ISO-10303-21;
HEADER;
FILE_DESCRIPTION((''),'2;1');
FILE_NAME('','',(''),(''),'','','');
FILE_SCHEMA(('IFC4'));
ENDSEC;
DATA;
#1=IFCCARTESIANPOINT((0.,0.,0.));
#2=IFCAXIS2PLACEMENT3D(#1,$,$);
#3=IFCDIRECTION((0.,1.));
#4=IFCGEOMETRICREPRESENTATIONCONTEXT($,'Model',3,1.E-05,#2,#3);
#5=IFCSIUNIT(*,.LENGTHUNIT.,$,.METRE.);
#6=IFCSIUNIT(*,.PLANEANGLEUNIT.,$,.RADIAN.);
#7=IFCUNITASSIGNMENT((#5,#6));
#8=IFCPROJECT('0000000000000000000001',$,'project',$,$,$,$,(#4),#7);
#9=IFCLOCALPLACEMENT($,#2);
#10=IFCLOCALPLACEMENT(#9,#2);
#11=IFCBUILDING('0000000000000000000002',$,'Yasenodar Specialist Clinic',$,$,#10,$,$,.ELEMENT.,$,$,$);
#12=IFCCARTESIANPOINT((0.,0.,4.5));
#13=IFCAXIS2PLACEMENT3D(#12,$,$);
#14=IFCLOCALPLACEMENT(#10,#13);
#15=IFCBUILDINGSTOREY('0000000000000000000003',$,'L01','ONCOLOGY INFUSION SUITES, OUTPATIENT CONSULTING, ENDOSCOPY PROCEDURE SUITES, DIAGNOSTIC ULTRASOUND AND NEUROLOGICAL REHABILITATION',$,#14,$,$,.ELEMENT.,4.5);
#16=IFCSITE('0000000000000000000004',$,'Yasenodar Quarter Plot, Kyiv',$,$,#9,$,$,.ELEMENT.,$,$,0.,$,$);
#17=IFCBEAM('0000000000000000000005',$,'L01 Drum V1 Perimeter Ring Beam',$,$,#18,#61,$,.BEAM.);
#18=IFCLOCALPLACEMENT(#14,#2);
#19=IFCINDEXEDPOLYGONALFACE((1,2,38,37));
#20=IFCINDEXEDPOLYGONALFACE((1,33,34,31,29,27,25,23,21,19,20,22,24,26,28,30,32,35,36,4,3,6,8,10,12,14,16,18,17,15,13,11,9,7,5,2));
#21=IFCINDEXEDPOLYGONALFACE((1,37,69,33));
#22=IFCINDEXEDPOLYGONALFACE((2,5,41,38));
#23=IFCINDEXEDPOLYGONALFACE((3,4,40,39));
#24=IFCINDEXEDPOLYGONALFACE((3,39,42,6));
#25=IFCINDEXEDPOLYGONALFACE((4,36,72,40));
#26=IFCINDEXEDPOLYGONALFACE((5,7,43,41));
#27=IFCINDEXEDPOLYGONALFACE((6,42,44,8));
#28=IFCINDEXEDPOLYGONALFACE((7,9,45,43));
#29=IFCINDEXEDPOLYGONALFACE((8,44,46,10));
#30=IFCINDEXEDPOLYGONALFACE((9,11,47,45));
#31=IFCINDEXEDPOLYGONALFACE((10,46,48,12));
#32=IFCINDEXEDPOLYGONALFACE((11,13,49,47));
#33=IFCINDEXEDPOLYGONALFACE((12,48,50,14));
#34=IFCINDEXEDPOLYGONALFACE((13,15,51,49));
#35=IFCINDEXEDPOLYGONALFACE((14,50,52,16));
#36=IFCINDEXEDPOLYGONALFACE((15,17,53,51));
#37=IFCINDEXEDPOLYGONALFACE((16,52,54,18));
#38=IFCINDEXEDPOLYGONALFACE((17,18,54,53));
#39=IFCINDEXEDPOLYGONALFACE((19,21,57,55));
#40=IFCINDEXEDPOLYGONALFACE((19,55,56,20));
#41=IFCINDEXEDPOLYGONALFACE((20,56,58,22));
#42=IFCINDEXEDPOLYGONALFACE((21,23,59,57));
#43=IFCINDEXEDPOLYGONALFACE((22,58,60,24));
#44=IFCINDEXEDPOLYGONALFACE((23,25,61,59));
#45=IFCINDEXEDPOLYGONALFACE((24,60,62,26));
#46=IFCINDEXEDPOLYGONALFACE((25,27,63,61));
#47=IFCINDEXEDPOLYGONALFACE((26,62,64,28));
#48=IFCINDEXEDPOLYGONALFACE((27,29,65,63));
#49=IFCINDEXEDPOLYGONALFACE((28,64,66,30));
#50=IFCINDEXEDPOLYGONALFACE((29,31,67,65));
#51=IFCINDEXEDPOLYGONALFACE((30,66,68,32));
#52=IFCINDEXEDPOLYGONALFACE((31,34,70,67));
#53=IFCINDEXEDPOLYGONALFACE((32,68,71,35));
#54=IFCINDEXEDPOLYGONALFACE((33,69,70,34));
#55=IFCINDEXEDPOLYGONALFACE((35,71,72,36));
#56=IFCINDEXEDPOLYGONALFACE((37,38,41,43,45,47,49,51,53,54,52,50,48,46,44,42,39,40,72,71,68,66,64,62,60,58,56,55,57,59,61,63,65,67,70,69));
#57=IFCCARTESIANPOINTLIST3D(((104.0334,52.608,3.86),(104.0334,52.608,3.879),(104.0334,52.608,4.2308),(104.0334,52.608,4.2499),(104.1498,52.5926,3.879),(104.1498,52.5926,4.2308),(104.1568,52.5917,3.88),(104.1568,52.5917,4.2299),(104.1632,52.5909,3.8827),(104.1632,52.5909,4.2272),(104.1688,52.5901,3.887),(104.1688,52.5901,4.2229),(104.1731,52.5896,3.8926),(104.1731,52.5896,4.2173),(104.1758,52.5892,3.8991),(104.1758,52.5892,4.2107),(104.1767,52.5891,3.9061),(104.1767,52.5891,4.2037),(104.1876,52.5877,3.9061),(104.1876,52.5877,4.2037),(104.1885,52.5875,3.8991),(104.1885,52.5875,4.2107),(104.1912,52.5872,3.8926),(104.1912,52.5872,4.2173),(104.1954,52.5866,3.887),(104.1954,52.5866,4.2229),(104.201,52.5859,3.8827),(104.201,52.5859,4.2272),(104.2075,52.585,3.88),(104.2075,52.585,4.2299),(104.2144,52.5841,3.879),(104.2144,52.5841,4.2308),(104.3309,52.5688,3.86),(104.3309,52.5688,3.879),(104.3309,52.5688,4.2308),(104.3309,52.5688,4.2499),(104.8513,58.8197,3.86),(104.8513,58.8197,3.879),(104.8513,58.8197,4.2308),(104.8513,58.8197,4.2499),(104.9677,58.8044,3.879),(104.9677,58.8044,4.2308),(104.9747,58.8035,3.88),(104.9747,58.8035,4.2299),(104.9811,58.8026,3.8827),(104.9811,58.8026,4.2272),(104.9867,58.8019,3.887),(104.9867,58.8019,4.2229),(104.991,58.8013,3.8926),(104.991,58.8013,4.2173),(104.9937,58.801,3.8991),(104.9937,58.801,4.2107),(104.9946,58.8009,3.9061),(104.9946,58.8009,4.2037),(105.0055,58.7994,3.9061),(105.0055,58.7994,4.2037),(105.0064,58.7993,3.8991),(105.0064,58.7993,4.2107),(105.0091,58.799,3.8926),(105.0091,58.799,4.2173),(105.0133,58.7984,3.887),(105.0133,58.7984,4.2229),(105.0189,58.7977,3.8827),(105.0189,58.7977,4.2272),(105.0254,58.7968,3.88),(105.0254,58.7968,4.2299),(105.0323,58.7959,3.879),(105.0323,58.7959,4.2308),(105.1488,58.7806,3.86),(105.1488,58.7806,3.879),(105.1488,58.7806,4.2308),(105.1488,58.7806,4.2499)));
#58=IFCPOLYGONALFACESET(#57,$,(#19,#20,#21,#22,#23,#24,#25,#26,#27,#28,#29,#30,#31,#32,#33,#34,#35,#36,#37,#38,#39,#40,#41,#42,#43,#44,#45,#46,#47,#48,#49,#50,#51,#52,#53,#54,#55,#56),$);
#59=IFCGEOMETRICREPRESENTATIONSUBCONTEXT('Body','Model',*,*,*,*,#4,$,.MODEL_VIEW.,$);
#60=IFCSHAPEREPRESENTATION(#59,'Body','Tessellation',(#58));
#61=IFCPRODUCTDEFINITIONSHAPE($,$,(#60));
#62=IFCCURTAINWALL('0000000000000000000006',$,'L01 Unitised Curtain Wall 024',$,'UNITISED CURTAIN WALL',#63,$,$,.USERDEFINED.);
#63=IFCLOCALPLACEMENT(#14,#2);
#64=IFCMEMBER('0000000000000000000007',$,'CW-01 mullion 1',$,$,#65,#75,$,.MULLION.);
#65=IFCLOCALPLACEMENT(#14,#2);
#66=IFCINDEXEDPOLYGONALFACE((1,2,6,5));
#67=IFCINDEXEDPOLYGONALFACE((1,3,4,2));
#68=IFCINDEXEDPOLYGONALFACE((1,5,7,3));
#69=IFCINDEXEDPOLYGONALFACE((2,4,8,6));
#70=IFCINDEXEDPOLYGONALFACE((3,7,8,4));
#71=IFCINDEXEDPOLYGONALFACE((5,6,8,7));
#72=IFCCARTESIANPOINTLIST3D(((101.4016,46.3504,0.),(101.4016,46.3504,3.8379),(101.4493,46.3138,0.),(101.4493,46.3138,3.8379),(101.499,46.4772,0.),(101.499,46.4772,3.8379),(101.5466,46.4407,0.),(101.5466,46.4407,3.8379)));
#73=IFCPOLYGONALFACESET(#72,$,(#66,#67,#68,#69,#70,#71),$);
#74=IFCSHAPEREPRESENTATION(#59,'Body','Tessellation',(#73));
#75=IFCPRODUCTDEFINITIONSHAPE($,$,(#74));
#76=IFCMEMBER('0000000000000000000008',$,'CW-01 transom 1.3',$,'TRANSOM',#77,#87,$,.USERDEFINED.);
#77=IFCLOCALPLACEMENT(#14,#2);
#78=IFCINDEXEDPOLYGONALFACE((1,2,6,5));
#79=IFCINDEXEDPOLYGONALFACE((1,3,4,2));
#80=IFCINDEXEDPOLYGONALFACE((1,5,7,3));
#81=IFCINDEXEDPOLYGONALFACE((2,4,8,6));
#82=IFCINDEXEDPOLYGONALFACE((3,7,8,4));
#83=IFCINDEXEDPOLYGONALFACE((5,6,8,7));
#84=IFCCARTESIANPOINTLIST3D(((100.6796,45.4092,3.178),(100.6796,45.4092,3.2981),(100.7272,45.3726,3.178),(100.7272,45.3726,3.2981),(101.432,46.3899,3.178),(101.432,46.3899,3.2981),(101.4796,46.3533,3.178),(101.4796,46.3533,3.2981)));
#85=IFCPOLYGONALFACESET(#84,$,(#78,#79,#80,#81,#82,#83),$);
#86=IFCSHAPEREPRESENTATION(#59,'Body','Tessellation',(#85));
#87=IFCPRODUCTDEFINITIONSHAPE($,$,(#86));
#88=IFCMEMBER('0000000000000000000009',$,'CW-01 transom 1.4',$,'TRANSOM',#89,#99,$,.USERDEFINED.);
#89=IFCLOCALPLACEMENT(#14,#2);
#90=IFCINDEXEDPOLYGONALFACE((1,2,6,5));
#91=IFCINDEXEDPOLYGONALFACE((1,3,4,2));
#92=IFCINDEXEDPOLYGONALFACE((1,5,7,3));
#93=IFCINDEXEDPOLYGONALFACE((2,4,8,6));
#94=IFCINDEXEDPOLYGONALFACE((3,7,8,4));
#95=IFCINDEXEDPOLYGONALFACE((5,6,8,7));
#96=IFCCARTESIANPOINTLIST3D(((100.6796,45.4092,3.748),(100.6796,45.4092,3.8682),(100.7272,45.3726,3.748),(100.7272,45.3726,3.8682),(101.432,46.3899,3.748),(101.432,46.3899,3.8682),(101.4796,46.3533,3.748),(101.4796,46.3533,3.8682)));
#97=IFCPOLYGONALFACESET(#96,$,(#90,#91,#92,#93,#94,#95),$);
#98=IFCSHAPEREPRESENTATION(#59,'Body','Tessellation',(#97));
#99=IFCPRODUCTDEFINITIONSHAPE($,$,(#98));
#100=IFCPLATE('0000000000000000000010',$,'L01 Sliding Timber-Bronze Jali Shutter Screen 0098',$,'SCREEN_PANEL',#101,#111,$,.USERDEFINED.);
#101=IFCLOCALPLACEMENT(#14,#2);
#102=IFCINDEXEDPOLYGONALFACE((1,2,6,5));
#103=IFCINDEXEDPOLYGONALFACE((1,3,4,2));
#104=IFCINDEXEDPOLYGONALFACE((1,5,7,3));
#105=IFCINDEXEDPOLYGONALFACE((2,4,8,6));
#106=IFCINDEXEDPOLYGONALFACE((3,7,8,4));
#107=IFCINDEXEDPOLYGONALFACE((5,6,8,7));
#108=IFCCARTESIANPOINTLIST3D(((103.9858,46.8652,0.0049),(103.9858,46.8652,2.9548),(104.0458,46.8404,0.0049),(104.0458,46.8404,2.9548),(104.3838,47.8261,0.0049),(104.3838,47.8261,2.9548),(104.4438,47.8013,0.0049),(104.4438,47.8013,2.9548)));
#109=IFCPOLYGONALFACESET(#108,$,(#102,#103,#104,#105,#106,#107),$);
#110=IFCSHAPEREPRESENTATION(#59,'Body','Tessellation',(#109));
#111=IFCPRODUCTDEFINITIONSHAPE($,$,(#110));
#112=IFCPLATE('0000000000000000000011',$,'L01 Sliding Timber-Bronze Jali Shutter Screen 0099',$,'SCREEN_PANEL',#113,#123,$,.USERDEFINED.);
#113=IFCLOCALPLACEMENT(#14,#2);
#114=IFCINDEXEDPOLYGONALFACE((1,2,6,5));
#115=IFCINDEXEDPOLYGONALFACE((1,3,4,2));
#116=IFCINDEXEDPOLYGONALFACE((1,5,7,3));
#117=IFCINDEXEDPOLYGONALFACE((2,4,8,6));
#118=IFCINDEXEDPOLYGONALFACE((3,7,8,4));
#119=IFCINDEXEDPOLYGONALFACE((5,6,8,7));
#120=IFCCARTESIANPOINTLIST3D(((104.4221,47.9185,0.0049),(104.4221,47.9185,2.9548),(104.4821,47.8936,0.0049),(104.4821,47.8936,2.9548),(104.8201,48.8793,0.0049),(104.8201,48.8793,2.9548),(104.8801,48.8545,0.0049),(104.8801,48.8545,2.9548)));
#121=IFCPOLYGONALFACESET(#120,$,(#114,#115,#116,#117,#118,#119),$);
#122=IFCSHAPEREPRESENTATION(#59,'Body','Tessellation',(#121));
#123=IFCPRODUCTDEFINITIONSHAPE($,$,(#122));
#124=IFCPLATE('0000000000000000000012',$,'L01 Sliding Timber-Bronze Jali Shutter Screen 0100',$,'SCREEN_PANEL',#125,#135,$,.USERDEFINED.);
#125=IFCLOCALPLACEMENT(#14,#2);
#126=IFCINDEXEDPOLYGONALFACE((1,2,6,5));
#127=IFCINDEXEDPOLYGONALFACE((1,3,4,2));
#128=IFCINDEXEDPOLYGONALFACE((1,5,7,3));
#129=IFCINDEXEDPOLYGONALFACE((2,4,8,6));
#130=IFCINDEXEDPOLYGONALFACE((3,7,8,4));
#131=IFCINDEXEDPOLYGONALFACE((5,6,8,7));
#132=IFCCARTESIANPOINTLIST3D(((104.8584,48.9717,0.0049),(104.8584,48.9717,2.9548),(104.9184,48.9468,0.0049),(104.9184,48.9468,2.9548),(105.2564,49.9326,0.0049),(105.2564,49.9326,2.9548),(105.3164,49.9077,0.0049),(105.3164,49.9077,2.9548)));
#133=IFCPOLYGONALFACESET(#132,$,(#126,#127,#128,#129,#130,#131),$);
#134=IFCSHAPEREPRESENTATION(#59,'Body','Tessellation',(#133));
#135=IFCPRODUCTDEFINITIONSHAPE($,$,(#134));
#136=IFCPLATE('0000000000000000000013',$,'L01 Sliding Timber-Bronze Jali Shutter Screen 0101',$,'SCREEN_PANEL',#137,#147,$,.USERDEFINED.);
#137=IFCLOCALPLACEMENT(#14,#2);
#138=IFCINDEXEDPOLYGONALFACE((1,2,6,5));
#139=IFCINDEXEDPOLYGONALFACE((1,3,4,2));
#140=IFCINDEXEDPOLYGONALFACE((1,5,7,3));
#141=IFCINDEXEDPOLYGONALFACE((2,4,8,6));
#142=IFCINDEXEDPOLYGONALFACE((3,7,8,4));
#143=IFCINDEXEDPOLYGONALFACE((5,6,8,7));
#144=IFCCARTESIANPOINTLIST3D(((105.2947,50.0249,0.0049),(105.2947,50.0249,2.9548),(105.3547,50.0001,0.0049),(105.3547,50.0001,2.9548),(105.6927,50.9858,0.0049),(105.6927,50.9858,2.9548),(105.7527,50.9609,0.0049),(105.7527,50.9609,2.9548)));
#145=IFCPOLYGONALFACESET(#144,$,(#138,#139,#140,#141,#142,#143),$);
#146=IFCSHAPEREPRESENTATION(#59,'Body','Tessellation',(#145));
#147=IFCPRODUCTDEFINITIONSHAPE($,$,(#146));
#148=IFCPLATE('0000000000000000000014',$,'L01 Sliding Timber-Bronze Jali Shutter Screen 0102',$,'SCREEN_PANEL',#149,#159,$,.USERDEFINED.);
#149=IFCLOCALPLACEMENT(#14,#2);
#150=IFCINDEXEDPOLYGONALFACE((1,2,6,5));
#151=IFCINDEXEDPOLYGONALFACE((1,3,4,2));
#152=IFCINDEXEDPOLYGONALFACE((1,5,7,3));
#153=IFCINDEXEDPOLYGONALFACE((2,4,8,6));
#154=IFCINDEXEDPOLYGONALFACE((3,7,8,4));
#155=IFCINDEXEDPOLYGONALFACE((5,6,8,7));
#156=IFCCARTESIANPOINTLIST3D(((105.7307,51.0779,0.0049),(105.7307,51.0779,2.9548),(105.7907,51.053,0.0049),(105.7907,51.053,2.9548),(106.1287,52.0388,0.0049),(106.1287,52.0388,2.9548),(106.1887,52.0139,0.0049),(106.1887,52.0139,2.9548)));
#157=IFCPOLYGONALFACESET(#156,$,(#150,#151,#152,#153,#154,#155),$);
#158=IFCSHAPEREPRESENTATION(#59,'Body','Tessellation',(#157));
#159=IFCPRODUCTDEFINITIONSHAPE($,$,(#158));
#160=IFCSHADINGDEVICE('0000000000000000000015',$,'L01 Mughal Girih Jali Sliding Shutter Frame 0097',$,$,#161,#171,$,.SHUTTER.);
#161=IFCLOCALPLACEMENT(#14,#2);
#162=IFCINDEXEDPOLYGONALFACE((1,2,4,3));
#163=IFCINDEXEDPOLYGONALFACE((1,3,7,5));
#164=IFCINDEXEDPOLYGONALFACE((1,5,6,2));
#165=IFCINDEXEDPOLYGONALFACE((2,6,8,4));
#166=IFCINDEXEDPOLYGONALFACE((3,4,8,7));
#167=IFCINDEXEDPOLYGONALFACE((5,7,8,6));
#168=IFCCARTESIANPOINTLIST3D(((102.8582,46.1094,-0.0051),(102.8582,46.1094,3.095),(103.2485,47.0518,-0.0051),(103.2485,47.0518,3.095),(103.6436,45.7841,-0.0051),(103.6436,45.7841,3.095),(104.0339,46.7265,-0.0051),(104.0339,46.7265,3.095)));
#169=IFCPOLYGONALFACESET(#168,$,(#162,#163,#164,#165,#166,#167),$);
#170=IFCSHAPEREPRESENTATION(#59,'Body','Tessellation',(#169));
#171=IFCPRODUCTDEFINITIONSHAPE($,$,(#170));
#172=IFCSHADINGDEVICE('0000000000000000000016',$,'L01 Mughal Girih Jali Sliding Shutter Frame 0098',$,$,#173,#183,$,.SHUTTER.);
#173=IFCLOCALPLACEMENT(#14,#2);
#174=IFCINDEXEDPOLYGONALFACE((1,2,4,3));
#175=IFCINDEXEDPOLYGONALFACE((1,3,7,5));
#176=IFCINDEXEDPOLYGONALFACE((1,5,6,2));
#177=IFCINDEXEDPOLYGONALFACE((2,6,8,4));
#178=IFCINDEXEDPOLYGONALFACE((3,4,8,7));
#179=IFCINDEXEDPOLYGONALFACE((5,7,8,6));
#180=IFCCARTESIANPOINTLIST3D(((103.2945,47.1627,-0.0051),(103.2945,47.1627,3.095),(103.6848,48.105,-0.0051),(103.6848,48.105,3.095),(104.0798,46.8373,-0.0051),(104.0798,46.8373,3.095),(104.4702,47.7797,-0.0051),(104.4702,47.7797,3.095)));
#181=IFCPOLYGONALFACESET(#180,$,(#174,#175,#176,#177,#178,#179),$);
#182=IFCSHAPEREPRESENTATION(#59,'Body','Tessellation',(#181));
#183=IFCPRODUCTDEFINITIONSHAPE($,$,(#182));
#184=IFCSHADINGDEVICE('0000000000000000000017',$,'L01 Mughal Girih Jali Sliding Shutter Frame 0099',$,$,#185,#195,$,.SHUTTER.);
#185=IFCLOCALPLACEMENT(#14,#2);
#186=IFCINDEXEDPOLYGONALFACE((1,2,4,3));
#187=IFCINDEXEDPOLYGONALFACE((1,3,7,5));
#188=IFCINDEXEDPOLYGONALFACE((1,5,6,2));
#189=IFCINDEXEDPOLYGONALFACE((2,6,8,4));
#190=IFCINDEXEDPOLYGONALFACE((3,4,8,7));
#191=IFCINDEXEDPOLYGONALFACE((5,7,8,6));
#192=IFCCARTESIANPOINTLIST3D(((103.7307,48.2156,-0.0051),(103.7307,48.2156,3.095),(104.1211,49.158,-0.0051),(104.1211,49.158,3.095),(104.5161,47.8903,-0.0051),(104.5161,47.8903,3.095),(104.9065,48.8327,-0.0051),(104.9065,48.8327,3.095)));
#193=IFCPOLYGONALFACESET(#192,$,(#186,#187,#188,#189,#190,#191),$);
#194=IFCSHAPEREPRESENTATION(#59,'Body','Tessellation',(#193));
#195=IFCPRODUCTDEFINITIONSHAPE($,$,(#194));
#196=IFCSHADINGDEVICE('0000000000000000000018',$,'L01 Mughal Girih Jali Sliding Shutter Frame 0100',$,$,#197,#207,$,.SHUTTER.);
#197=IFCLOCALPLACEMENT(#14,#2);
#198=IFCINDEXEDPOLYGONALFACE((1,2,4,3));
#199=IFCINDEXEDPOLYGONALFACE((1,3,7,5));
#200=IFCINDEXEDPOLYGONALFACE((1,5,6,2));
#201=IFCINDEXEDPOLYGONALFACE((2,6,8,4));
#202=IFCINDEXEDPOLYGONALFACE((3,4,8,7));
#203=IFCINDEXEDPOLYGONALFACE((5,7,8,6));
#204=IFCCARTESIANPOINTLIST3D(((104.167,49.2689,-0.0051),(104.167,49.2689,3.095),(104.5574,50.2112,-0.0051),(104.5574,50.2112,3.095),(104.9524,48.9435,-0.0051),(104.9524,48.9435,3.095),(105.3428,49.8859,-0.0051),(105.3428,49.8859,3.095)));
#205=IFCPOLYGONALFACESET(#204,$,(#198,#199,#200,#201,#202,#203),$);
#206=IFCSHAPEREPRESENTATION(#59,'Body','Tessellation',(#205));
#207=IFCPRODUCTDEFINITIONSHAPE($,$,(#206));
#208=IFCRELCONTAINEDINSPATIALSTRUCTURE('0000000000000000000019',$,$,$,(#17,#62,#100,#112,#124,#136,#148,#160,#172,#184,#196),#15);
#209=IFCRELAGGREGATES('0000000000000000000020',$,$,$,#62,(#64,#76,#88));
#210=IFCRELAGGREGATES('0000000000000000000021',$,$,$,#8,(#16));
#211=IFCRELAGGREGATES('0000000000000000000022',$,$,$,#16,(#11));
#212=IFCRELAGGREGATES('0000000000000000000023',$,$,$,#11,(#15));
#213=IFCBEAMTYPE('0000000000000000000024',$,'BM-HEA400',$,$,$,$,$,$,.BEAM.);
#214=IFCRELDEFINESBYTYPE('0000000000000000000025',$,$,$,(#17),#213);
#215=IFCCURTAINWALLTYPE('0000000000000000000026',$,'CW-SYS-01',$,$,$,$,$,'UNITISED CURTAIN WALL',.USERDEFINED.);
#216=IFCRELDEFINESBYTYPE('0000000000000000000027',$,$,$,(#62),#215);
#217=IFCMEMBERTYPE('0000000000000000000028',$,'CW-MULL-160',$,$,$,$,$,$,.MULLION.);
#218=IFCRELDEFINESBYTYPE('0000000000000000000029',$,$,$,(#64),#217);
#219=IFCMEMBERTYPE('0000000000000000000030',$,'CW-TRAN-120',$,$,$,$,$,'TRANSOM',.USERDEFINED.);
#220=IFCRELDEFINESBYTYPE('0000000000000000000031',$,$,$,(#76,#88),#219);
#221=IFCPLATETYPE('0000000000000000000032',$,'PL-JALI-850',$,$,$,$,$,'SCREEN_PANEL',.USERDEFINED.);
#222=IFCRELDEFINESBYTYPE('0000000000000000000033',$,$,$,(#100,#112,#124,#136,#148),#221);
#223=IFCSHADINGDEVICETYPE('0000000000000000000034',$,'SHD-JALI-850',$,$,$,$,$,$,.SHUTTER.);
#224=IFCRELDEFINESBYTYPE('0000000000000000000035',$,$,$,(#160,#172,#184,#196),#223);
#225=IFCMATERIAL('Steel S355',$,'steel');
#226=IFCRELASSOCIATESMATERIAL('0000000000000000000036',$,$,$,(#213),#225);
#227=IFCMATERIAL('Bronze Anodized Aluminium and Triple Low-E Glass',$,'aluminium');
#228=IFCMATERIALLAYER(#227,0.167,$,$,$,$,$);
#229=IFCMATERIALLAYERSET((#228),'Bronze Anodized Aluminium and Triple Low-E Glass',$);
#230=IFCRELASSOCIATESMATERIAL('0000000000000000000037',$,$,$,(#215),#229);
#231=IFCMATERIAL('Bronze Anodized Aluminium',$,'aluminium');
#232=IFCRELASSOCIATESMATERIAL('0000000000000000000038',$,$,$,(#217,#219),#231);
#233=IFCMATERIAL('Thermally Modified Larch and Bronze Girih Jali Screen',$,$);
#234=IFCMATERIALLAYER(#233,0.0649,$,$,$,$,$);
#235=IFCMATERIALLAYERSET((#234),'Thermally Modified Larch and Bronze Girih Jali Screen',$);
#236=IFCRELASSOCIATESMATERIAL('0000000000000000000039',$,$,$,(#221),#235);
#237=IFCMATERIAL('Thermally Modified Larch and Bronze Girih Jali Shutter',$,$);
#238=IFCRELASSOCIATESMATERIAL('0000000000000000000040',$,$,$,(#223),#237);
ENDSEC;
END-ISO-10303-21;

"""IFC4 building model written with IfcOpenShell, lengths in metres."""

from ifc_helpers import new_model, si_unit, direction, frame, origin, origin_2d, place, context, subcontext, project, spatial, rectangle, i_section, extrude, material, layer, layer_set, material_profile, profile_set, type_object, element, aggregate, save


model = new_model("IFC4")

# Units and contexts
model_context = context("Model", 3, precision=1e-05, world=origin(), true_north=direction((0.0, 1.0)))
body_context = subcontext(model_context, "Body", "Model", "MODEL_VIEW")
ifc_project = project(units=[si_unit("LENGTHUNIT", "METRE"), si_unit("PLANEANGLEUNIT", "RADIAN")], contexts=[model_context])

# Site, building, storey
site_placement = place(None, origin())
site = spatial("IfcSite", under=ifc_project, at=site_placement, Name="Yasenodar Quarter Plot, Kyiv", CompositionType="ELEMENT", RefElevation=0.0)
building_placement = place(site_placement, origin())
building = spatial("IfcBuilding", under=site, at=building_placement, Name="Yasenodar Specialist Clinic", CompositionType="ELEMENT")
storey_placement = place(building_placement, frame((0.0, 0.0, 4.5)))
storey = spatial("IfcBuildingStorey", under=building, at=storey_placement, Name="L01", Description="ONCOLOGY INFUSION SUITES, OUTPATIENT CONSULTING, ENDOSCOPY PROCEDURE SUITES, DIAGNOSTIC ULTRASOUND AND NEUROLOGICAL REHABILITATION", CompositionType="ELEMENT", Elevation=4.5)

# Shared definitions
ifc_material_1 = material(Name="Steel S355", Category="steel")

# Beam
ifc_material_profile_1 = material_profile(ifc_material_1, i_section(OverallWidth=0.3, OverallDepth=0.3899, WebThickness=0.011, FlangeThickness=0.019, FilletRadius=0.0271, at=origin_2d()), Name="HEA 400")
ifc_profile_set_1 = profile_set([ifc_material_profile_1], Name="Steel S355")
beam_type = type_object("IfcBeamType", Name="BM-HEA400", PredefinedType="BEAM", material=ifc_profile_set_1)
beam_1_placement = place(storey_placement, frame((104.1821, 52.5884, 4.0549), z_axis=(0.13054, 0.991443, 0.0), x_axis=(-0.991443, 0.13054, 0.0)))
element("IfcBeam", 1, at=beam_1_placement, inside=storey, type_object=beam_type, Name="L01 Drum V1 Perimeter Ring Beam", PredefinedType="BEAM", context=body_context, shape_type="SweptSolid", body=[
    extrude(i_section(OverallWidth=0.3, OverallDepth=0.3899, WebThickness=0.011, FlangeThickness=0.019, FilletRadius=0.0271, at=origin_2d()), origin(), (0.0, 0.0, 1.0), 6.2654),
])

# Curtain wall, members
ifc_material_2 = material(Name="Bronze Anodized Aluminium and Triple Low-E Glass", Category="aluminium")
ifc_layer_1 = layer(ifc_material_2, 0.167)
ifc_layer_set_1 = layer_set([ifc_layer_1], Name="Bronze Anodized Aluminium and Triple Low-E Glass")
curtain_wall_type = type_object("IfcCurtainWallType", Name="CW-SYS-01", ElementType="UNITISED CURTAIN WALL", PredefinedType="USERDEFINED", material=ifc_layer_set_1)
curtain_wall_placement = place(storey_placement, origin())
curtain_wall = element("IfcCurtainWall", 2, at=curtain_wall_placement, inside=storey, type_object=curtain_wall_type, Name="L01 Unitised Curtain Wall 024", ObjectType="UNITISED CURTAIN WALL", PredefinedType="USERDEFINED")
ifc_material_3 = material(Name="Bronze Anodized Aluminium", Category="aluminium")
ifc_material_profile_2 = material_profile(ifc_material_3, rectangle(XDim=0.0601, YDim=0.1599, at=origin_2d()), Name="CW-MULL 60x160")
ifc_profile_set_2 = profile_set([ifc_material_profile_2], Name="Bronze Anodized Aluminium")
member_type_1 = type_object("IfcMemberType", Name="CW-MULL-160", PredefinedType="MULLION", material=ifc_profile_set_2)
member_1_placement = place(storey_placement, frame((101.4741, 46.3955, 0.0), z_axis=(0.0, 0.0, 1.0), x_axis=(0.793361, -0.608752, 0.0)))
member_1 = element("IfcMember", 3, at=member_1_placement, type_object=member_type_1, Name="CW-01 mullion 1", PredefinedType="MULLION", context=body_context, shape_type="SweptSolid", body=[
    extrude(rectangle(XDim=0.0601, YDim=0.1599, at=origin_2d()), origin(), (0.0, 0.0, 1.0), 3.8379),
])
ifc_material_profile_3 = material_profile(ifc_material_3, rectangle(XDim=0.0601, YDim=0.1201, at=origin_2d()), Name="CW-TRAN 60x120")
ifc_profile_set_3 = profile_set([ifc_material_profile_3], Name="Bronze Anodized Aluminium")
member_type_2 = type_object("IfcMemberType", Name="CW-TRAN-120", ElementType="TRANSOM", PredefinedType="USERDEFINED", material=ifc_profile_set_3)
member_2_placement = place(storey_placement, frame((101.4558, 46.3716, 3.238), z_axis=(-0.608718, -0.793387, 0.0), x_axis=(0.793387, -0.608718, 0.0)))
member_2 = element("IfcMember", 4, at=member_2_placement, type_object=member_type_2, Name="CW-01 transom 1.3", ObjectType="TRANSOM", PredefinedType="USERDEFINED", context=body_context, shape_type="SweptSolid", body=[
    extrude(rectangle(XDim=0.0601, YDim=0.1201, at=origin_2d()), origin(), (0.0, 0.0, 1.0), 1.2361),
])
member_3_placement = place(storey_placement, frame((101.4558, 46.3716, 3.8081), z_axis=(-0.608718, -0.793387, 0.0), x_axis=(0.793387, -0.608718, 0.0)))
member_3 = element("IfcMember", 5, at=member_3_placement, type_object=member_type_2, Name="CW-01 transom 1.4", ObjectType="TRANSOM", PredefinedType="USERDEFINED", context=body_context, shape_type="SweptSolid", body=[
    extrude(rectangle(XDim=0.0601, YDim=0.1201, at=origin_2d()), origin(), (0.0, 0.0, 1.0), 1.2361),
])
aggregate(curtain_wall, [member_1, member_2, member_3])

# Plates
ifc_material_4 = material(Name="Thermally Modified Larch and Bronze Girih Jali Screen")
ifc_layer_2 = layer(ifc_material_4, 0.0649)
ifc_layer_set_2 = layer_set([ifc_layer_2], Name="Thermally Modified Larch and Bronze Girih Jali Screen")
plate_type = type_object("IfcPlateType", Name="PL-JALI-850", ElementType="SCREEN_PANEL", PredefinedType="USERDEFINED", material=ifc_layer_set_2)
for number, where, z_axis, x_axis, name in (
    (6, (104.2148, 47.3333, 0.0049), (0.0, 0.0, 1.0), (0.382687, 0.923878, 0.0), "L01 Sliding Timber-Bronze Jali Shutter Screen 0098"),
    (7, (104.6511, 48.3865, 0.0049), (0.0, 0.0, 1.0), (0.382687, 0.923878, 0.0), "L01 Sliding Timber-Bronze Jali Shutter Screen 0099"),
    (8, (105.0874, 49.4397, 0.0049), (0.0, 0.0, 1.0), (0.382687, 0.923878, 0.0), "L01 Sliding Timber-Bronze Jali Shutter Screen 0100"),
    (9, (105.5237, 50.4929, 0.0049), (0.0, 0.0, 1.0), (0.382687, 0.923878, 0.0), "L01 Sliding Timber-Bronze Jali Shutter Screen 0101"),
    (10, (105.9597, 51.5459, 0.0049), (0.0, 0.0, 1.0), (0.382687, 0.923878, 0.0), "L01 Sliding Timber-Bronze Jali Shutter Screen 0102"),
):
    element("IfcPlate", number, at=place(storey_placement, frame(where, z_axis=z_axis, x_axis=x_axis)), inside=storey, type_object=plate_type, Name=name, ObjectType="SCREEN_PANEL", PredefinedType="USERDEFINED", context=body_context, shape_type="SweptSolid", body=[
        extrude(rectangle(XDim=1.04, YDim=0.0649, at=origin_2d()), origin(), (0.0, 0.0, 1.0), 2.95),
    ])

# Shading devices
ifc_material_5 = material(Name="Thermally Modified Larch and Bronze Girih Jali Shutter")
shading_device_type = type_object("IfcShadingDeviceType", Name="SHD-JALI-850", PredefinedType="SHUTTER", material=ifc_material_5)
for number, where, z_axis, x_axis, name in (
    (11, (103.446, 46.418, -0.0051), (0.0, 0.0, 1.0), (0.382687, 0.923878, 0.0), "L01 Mughal Girih Jali Sliding Shutter Frame 0097"),
    (12, (103.8823, 47.4712, -0.0051), (0.0, 0.0, 1.0), (0.382687, 0.923878, 0.0), "L01 Mughal Girih Jali Sliding Shutter Frame 0098"),
    (13, (104.3186, 48.5242, -0.0051), (0.0, 0.0, 1.0), (0.382687, 0.923878, 0.0), "L01 Mughal Girih Jali Sliding Shutter Frame 0099"),
    (14, (104.7549, 49.5774, -0.0051), (0.0, 0.0, 1.0), (0.382687, 0.923878, 0.0), "L01 Mughal Girih Jali Sliding Shutter Frame 0100"),
):
    element("IfcShadingDevice", number, at=place(storey_placement, frame(where, z_axis=z_axis, x_axis=x_axis)), inside=storey, type_object=shading_device_type, Name=name, PredefinedType="SHUTTER", context=body_context, shape_type="SweptSolid", body=[
        extrude(rectangle(XDim=1.02, YDim=0.8501, at=origin_2d()), origin(), (0.0, 0.0, 1.0), 3.1001),
    ])

save(model, "model.ifc")
